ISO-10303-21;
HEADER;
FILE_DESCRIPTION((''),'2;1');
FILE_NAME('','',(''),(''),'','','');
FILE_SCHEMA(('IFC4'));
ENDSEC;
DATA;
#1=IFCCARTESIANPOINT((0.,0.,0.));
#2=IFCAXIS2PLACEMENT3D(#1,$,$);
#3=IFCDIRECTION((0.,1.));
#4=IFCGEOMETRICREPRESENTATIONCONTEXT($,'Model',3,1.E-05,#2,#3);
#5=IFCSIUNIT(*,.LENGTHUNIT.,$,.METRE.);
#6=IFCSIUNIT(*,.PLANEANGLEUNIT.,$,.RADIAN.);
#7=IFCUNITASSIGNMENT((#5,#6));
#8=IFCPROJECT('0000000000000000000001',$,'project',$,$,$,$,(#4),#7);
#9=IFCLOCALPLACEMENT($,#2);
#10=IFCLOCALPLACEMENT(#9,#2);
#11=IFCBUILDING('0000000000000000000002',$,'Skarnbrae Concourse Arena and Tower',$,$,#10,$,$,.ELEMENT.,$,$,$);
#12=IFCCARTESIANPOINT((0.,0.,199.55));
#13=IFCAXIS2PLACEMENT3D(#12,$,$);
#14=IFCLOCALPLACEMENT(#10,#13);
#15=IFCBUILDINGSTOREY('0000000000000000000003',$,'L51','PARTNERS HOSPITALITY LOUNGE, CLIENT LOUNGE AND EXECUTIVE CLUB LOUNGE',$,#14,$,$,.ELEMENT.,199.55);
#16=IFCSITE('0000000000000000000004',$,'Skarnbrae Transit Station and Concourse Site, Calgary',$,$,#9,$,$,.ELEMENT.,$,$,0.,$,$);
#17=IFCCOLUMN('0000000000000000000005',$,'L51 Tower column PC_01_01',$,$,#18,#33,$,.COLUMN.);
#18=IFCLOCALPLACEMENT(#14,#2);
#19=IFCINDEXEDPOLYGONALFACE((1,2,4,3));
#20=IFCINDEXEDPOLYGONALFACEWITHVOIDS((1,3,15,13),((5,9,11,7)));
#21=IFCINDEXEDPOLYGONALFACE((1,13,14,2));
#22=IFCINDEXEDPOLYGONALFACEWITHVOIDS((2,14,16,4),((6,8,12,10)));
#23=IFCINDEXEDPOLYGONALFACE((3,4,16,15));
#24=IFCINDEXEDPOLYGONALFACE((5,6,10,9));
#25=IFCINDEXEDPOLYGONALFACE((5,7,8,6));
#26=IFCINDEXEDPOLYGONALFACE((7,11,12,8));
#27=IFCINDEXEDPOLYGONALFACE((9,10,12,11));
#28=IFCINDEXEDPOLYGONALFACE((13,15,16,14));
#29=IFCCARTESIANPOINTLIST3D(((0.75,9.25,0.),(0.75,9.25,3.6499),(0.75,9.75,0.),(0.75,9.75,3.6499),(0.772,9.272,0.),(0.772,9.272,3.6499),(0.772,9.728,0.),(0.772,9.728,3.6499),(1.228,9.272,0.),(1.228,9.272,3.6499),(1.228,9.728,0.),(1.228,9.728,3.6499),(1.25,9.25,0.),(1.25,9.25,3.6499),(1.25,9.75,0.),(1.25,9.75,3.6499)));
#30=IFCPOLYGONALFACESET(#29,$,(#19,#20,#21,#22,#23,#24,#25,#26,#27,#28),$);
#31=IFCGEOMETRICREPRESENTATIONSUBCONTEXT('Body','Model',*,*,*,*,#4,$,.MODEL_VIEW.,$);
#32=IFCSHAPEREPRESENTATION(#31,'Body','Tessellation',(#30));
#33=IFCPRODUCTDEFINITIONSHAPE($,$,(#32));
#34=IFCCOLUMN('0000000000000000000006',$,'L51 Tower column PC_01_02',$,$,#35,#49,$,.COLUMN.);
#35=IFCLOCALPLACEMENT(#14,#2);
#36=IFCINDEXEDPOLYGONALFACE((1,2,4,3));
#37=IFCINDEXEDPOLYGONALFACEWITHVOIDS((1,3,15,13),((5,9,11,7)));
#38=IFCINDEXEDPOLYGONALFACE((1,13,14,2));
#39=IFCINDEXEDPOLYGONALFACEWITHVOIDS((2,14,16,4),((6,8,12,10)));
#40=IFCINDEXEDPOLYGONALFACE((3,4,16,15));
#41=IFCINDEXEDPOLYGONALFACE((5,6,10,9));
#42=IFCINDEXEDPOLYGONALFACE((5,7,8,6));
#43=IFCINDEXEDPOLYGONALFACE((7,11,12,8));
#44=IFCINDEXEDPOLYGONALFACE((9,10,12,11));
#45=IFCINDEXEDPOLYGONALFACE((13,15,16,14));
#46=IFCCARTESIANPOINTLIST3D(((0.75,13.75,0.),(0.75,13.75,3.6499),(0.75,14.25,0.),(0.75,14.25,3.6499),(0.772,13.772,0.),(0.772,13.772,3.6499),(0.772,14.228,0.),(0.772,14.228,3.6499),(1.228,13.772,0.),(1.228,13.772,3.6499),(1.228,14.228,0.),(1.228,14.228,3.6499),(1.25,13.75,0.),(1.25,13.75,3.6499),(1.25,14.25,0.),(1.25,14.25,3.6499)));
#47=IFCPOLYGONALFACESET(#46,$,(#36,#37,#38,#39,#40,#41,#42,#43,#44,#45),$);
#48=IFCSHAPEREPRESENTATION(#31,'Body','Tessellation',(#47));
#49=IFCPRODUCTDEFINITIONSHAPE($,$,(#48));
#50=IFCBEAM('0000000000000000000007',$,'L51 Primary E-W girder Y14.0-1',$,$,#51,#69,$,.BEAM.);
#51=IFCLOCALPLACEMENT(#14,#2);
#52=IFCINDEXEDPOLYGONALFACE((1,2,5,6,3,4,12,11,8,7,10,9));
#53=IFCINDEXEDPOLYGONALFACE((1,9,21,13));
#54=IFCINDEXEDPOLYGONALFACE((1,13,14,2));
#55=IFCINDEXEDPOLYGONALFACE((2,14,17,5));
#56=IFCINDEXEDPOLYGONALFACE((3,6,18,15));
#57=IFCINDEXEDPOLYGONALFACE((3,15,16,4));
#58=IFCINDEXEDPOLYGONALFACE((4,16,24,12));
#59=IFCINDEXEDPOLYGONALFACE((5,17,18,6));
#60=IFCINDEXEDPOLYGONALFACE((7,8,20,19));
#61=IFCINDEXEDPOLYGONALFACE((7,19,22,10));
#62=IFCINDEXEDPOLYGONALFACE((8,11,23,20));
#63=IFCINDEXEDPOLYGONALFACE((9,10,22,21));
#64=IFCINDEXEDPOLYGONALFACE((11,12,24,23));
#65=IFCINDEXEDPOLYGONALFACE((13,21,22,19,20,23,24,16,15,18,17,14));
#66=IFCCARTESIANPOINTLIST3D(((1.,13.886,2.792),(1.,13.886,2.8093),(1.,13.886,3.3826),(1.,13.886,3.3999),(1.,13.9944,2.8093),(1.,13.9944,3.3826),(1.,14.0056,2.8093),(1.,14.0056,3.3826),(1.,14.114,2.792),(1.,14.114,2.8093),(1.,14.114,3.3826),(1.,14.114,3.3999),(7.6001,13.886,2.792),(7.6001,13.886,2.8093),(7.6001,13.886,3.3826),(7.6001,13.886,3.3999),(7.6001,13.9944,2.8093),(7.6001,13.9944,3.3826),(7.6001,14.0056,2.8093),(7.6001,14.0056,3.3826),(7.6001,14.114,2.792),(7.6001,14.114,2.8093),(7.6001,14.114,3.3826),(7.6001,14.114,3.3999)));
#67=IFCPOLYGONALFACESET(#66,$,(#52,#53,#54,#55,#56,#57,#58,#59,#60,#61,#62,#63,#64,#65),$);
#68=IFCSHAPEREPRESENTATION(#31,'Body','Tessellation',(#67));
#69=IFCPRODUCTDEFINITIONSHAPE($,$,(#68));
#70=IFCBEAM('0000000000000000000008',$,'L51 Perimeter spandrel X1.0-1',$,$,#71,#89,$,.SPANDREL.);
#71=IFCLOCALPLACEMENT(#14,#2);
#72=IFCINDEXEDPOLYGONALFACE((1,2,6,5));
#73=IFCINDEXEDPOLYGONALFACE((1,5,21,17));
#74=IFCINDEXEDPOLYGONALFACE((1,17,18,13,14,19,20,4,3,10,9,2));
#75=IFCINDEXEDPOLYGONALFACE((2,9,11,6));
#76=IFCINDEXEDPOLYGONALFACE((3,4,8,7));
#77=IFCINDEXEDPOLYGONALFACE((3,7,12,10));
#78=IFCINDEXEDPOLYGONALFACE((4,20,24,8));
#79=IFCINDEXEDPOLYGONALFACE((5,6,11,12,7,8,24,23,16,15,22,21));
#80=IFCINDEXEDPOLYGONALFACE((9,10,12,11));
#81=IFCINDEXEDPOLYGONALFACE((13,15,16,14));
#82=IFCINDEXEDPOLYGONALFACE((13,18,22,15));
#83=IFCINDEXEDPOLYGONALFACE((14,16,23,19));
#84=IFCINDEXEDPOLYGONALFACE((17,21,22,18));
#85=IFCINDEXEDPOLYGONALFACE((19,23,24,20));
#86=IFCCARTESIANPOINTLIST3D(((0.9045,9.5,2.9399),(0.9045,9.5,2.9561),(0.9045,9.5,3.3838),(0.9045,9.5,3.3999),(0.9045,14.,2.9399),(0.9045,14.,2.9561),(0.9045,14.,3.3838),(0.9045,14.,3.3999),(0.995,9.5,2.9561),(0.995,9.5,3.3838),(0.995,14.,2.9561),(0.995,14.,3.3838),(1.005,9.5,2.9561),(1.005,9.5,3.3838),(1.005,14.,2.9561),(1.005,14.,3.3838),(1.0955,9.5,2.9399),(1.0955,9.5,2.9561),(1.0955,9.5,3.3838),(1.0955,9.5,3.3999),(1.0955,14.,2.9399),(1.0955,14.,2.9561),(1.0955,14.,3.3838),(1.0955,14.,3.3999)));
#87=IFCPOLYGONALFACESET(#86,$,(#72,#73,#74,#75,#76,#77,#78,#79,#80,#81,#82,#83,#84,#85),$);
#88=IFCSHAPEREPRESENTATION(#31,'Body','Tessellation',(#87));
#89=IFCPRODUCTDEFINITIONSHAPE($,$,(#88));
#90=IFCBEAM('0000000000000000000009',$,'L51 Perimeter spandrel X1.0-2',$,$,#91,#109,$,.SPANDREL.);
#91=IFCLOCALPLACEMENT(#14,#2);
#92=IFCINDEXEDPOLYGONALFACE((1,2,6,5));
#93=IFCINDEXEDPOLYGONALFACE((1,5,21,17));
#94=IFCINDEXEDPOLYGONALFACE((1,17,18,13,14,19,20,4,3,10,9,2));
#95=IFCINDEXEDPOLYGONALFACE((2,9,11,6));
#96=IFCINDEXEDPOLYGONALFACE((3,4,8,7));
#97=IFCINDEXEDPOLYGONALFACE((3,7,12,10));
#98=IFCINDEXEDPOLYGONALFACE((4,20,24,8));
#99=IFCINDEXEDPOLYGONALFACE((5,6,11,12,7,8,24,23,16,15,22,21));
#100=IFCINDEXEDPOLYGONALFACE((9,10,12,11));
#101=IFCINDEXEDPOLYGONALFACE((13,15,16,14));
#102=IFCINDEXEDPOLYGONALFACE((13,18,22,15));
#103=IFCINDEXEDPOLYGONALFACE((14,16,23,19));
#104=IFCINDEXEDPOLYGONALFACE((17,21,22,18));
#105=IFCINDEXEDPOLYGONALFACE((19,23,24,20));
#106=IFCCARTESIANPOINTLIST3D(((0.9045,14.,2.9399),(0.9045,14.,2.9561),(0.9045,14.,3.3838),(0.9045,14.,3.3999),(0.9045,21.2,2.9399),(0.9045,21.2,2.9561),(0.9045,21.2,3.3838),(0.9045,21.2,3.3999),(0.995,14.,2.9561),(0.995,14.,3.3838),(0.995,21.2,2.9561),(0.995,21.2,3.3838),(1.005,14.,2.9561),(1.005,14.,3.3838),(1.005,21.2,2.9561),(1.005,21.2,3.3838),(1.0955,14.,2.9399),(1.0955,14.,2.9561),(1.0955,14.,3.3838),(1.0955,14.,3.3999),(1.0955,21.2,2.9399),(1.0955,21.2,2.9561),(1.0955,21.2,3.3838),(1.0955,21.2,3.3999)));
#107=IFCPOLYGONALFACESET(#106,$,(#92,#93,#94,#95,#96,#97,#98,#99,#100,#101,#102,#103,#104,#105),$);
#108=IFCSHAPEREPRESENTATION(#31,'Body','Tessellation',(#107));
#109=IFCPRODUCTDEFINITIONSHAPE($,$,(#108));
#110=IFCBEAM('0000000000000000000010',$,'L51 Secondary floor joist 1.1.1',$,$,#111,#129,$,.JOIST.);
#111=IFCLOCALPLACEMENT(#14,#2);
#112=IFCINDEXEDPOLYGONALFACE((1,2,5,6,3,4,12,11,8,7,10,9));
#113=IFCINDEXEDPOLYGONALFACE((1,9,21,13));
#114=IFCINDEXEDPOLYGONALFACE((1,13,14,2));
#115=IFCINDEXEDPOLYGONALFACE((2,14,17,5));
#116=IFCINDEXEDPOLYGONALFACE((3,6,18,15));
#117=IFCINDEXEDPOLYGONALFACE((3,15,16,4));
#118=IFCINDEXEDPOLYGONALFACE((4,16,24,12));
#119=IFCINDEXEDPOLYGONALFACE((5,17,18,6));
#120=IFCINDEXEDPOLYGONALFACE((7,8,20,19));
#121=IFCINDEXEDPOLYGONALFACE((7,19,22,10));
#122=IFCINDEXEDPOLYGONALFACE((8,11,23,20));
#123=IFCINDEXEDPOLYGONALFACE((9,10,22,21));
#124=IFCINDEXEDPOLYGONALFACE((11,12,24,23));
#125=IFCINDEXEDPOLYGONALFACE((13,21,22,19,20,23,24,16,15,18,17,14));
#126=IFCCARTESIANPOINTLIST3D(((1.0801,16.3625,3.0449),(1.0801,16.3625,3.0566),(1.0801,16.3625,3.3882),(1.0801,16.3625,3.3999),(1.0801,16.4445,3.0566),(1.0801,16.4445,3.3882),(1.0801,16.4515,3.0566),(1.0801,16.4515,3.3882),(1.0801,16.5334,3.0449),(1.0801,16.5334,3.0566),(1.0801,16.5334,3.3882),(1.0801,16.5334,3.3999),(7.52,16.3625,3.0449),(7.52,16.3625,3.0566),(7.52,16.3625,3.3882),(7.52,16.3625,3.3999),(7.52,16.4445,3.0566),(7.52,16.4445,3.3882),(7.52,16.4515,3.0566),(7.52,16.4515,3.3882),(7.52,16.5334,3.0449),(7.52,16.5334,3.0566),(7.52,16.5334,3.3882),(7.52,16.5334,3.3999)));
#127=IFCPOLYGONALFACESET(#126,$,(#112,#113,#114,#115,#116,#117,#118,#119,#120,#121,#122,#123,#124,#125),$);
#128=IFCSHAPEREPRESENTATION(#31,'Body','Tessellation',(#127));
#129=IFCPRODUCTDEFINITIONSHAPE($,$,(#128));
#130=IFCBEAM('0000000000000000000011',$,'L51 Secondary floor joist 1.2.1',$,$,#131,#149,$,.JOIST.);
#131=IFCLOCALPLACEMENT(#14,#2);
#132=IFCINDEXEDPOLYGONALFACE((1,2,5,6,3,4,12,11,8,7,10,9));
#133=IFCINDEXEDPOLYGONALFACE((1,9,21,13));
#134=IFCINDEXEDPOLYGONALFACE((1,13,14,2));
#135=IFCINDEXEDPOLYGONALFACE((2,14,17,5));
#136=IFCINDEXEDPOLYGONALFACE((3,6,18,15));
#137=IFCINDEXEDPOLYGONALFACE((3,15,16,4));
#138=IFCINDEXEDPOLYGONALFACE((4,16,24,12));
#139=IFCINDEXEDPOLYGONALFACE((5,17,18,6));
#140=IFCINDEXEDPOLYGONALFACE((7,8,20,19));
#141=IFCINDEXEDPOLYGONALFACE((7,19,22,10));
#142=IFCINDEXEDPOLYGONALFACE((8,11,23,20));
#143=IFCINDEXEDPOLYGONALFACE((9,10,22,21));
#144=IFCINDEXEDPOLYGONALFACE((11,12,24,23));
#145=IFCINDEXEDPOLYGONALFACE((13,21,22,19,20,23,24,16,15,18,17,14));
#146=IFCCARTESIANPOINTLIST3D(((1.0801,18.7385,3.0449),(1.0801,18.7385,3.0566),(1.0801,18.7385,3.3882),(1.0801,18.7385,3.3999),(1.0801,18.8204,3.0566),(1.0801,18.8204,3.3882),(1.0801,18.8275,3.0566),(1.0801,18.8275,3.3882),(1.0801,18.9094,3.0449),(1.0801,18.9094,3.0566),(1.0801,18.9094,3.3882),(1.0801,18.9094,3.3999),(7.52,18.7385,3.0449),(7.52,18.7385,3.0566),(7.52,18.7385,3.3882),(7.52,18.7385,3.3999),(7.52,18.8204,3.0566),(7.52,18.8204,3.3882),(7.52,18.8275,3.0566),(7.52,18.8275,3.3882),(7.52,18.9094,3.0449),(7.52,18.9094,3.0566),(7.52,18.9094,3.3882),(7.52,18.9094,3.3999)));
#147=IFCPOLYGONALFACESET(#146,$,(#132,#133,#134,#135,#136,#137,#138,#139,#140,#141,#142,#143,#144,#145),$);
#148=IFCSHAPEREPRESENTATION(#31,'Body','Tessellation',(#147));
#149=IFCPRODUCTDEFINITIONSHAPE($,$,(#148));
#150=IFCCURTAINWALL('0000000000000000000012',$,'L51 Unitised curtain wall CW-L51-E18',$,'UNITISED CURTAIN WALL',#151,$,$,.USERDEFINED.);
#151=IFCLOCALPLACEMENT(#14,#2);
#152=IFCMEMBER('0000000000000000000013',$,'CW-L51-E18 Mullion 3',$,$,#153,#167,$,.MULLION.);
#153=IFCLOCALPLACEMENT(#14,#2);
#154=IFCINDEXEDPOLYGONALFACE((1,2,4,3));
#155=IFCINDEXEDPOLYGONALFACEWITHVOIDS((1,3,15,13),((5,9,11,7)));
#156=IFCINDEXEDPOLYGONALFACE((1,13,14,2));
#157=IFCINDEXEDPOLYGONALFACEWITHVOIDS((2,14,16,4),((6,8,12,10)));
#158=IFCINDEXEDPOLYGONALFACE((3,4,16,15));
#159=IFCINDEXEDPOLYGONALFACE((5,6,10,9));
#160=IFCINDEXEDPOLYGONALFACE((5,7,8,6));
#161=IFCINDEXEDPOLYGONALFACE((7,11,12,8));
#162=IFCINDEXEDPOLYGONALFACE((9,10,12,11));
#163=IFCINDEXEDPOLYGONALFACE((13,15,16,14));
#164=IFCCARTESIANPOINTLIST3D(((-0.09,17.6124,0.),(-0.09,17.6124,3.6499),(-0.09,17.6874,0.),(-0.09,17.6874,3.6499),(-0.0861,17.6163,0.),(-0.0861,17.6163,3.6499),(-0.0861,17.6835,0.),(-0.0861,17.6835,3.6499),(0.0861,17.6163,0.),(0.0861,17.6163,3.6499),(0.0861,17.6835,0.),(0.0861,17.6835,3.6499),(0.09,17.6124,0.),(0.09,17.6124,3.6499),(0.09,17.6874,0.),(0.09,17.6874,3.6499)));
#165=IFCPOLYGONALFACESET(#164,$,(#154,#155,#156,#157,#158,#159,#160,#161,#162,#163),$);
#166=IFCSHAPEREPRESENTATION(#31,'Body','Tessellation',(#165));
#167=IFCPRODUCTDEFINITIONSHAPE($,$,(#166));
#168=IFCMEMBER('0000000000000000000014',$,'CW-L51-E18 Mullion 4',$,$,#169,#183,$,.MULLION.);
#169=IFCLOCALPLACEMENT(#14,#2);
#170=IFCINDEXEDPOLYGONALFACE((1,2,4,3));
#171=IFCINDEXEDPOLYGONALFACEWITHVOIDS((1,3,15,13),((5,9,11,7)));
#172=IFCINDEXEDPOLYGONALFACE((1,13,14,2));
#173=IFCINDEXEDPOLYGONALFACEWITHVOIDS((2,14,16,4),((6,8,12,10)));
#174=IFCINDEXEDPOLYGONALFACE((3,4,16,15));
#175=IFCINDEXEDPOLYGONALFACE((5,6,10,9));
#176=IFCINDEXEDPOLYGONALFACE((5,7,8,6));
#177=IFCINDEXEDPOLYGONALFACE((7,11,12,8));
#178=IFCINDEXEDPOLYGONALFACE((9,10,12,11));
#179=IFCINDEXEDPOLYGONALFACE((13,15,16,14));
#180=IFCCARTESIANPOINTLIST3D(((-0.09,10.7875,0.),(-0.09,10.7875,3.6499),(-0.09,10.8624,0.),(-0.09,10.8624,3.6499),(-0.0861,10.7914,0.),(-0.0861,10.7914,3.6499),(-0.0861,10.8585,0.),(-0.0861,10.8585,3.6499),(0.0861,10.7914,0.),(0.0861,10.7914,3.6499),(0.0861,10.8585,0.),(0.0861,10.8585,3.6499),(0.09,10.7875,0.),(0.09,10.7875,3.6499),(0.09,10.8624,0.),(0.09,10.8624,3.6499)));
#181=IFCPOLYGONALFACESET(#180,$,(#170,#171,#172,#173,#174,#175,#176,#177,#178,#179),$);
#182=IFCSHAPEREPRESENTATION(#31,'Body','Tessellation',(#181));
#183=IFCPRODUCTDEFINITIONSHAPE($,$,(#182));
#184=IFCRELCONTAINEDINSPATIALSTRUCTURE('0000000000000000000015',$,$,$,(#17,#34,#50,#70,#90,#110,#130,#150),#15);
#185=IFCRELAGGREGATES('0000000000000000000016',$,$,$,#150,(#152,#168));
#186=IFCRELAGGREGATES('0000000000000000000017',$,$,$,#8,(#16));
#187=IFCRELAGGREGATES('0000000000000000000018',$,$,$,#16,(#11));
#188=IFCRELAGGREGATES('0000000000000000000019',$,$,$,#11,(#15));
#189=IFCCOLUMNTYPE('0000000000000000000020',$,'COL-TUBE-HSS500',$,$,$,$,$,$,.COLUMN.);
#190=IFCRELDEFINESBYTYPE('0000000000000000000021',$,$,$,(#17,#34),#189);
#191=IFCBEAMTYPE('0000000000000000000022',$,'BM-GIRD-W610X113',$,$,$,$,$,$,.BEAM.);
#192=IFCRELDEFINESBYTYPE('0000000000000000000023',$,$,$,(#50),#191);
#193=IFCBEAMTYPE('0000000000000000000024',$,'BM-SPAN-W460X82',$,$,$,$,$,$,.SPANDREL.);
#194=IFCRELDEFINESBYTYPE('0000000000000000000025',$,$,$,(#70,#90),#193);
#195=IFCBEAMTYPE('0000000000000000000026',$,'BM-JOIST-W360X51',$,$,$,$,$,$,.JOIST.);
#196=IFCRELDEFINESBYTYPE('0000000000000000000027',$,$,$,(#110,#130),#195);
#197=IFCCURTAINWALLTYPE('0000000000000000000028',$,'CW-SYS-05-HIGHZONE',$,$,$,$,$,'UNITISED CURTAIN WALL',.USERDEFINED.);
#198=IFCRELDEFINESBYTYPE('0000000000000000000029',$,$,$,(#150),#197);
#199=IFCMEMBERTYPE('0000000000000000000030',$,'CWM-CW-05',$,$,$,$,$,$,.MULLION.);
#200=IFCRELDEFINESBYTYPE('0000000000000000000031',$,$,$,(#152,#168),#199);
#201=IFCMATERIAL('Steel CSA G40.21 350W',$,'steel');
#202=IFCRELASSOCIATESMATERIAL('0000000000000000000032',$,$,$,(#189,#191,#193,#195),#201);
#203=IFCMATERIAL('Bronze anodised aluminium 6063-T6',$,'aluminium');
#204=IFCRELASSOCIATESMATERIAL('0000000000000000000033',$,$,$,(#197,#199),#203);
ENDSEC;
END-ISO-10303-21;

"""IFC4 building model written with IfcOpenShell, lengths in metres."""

from ifc_helpers import new_model, si_unit, direction, frame, origin, origin_2d, place, context, subcontext, project, spatial, hollow_rectangle, i_section, extrude, source, transform, mapped, material, material_profile, profile_set, type_object, element, aggregate, save


model = new_model("IFC4")

# Units and contexts
model_context = context("Model", 3, precision=1e-05, world=origin(), true_north=direction((0.0, 1.0)))
body_context = subcontext(model_context, "Body", "Model", "MODEL_VIEW")
ifc_project = project(units=[si_unit("LENGTHUNIT", "METRE"), si_unit("PLANEANGLEUNIT", "RADIAN")], contexts=[model_context])

# Site, building, storey
site_placement = place(None, origin())
site = spatial("IfcSite", under=ifc_project, at=site_placement, Name="Skarnbrae Transit Station and Concourse Site, Calgary", CompositionType="ELEMENT", RefElevation=0.0)
building_placement = place(site_placement, origin())
building = spatial("IfcBuilding", under=site, at=building_placement, Name="Skarnbrae Concourse Arena and Tower", CompositionType="ELEMENT")
storey_placement = place(building_placement, frame((0.0, 0.0, 199.55)))
storey = spatial("IfcBuildingStorey", under=building, at=storey_placement, Name="L51", Description="PARTNERS HOSPITALITY LOUNGE, CLIENT LOUNGE AND EXECUTIVE CLUB LOUNGE", CompositionType="ELEMENT", Elevation=199.55)

# Columns
ifc_material_1 = material(Name="Steel CSA G40.21 350W", Category="steel")
ifc_material_profile_1 = material_profile(ifc_material_1, hollow_rectangle(XDim=0.5, YDim=0.5, WallThickness=0.022, at=origin_2d()), Name="HSS500X500X22.0")
ifc_profile_set_1 = profile_set([ifc_material_profile_1], Name="Steel CSA G40.21 350W")
column_type = type_object("IfcColumnType", Name="COL-TUBE-HSS500", PredefinedType="COLUMN", material=ifc_profile_set_1)
shared_shape_1 = source(origin(), body_context, "Body", "SweptSolid", [
    extrude(hollow_rectangle(XDim=0.5, YDim=0.5, WallThickness=0.022, at=origin_2d()), origin(), (0.0, 0.0, 1.0), 3.6499),
])
for number, where, z_axis, x_axis, name in (
    (1, (1.0, 9.5, 0.0), (0.0, 0.0, 1.0), (1.0, 0.0, 0.0), "L51 Tower column PC_01_01"),
    (2, (1.0, 14.0, 0.0), (0.0, 0.0, 1.0), (1.0, 0.0, 0.0), "L51 Tower column PC_01_02"),
):
    element("IfcColumn", number, at=place(storey_placement, frame(where, z_axis=z_axis, x_axis=x_axis)), inside=storey, type_object=column_type, Name=name, PredefinedType="COLUMN", context=body_context, shape_type="MappedRepresentation", body=[
        mapped(shared_shape_1, transform((0.0, 0.0, 0.0))),
    ])

# Beams
ifc_material_profile_2 = material_profile(ifc_material_1, i_section(OverallWidth=0.228, OverallDepth=0.6079, WebThickness=0.0112, FlangeThickness=0.0173, at=origin_2d()), Name="W610X113")
ifc_profile_set_2 = profile_set([ifc_material_profile_2], Name="Steel CSA G40.21 350W")
beam_type_1 = type_object("IfcBeamType", Name="BM-GIRD-W610X113", PredefinedType="BEAM", material=ifc_profile_set_2)
shared_shape_2 = source(origin(), body_context, "Body", "SweptSolid", [
    extrude(i_section(OverallWidth=0.228, OverallDepth=0.6079, WebThickness=0.0112, FlangeThickness=0.0173, at=origin_2d()), origin(), (0.0, 0.0, 1.0), 6.6001),
])
beam_1_placement = place(storey_placement, frame((1.0, 14.0, 3.0959), z_axis=(1.0, 0.0, 0.0), x_axis=(0.0, 1.0, 0.0)))
element("IfcBeam", 3, at=beam_1_placement, inside=storey, type_object=beam_type_1, Name="L51 Primary E-W girder Y14.0-1", PredefinedType="BEAM", context=body_context, shape_type="MappedRepresentation", body=[
    mapped(shared_shape_2, transform((0.0, 0.0, 0.0))),
])
ifc_material_profile_3 = material_profile(ifc_material_1, i_section(OverallWidth=0.1909, OverallDepth=0.46, WebThickness=0.01, FlangeThickness=0.0161, at=origin_2d()), Name="W460X82")
ifc_profile_set_3 = profile_set([ifc_material_profile_3], Name="Steel CSA G40.21 350W")
beam_type_2 = type_object("IfcBeamType", Name="BM-SPAN-W460X82", PredefinedType="SPANDREL", material=ifc_profile_set_3)
shared_shape_3 = source(origin(), body_context, "Body", "SweptSolid", [
    extrude(i_section(OverallWidth=0.1909, OverallDepth=0.46, WebThickness=0.01, FlangeThickness=0.0161, at=origin_2d()), origin(), (0.0, 0.0, 1.0), 4.5),
])
beam_2_placement = place(storey_placement, frame((1.0, 9.5, 3.1699), z_axis=(0.0, 1.0, 0.0), x_axis=(-1.0, 0.0, 0.0)))
element("IfcBeam", 4, at=beam_2_placement, inside=storey, type_object=beam_type_2, Name="L51 Perimeter spandrel X1.0-1", PredefinedType="SPANDREL", context=body_context, shape_type="MappedRepresentation", body=[
    mapped(shared_shape_3, transform((0.0, 0.0, 0.0))),
])
shared_shape_4 = source(origin(), body_context, "Body", "SweptSolid", [
    extrude(i_section(OverallWidth=0.1909, OverallDepth=0.46, WebThickness=0.01, FlangeThickness=0.0161, at=origin_2d()), origin(), (0.0, 0.0, 1.0), 7.2),
])
beam_3_placement = place(storey_placement, frame((1.0, 14.0, 3.1699), z_axis=(0.0, 1.0, 0.0), x_axis=(-1.0, 0.0, 0.0)))
element("IfcBeam", 5, at=beam_3_placement, inside=storey, type_object=beam_type_2, Name="L51 Perimeter spandrel X1.0-2", PredefinedType="SPANDREL", context=body_context, shape_type="MappedRepresentation", body=[
    mapped(shared_shape_4, transform((0.0, 0.0, 0.0))),
])
ifc_material_profile_4 = material_profile(ifc_material_1, i_section(OverallWidth=0.1709, OverallDepth=0.355, WebThickness=0.0071, FlangeThickness=0.0117, at=origin_2d()), Name="W360X51")
ifc_profile_set_4 = profile_set([ifc_material_profile_4], Name="Steel CSA G40.21 350W")
beam_type_3 = type_object("IfcBeamType", Name="BM-JOIST-W360X51", PredefinedType="JOIST", material=ifc_profile_set_4)
shared_shape_5 = source(origin(), body_context, "Body", "SweptSolid", [
    extrude(i_section(OverallWidth=0.1709, OverallDepth=0.355, WebThickness=0.0071, FlangeThickness=0.0117, at=origin_2d()), origin(), (0.0, 0.0, 1.0), 6.4399),
])
for number, where, z_axis, x_axis, name in (
    (6, (1.0801, 16.448, 3.2224), (1.0, 0.0, 0.0), (0.0, 1.0, 0.0), "L51 Secondary floor joist 1.1.1"),
    (7, (1.0801, 18.824, 3.2224), (1.0, 0.0, 0.0), (0.0, 1.0, 0.0), "L51 Secondary floor joist 1.2.1"),
):
    element("IfcBeam", number, at=place(storey_placement, frame(where, z_axis=z_axis, x_axis=x_axis)), inside=storey, type_object=beam_type_3, Name=name, PredefinedType="JOIST", context=body_context, shape_type="MappedRepresentation", body=[
        mapped(shared_shape_5, transform((0.0, 0.0, 0.0))),
    ])

# Curtain wall, members
ifc_material_2 = material(Name="Bronze anodised aluminium 6063-T6", Category="aluminium")
curtain_wall_type = type_object("IfcCurtainWallType", Name="CW-SYS-05-HIGHZONE", ElementType="UNITISED CURTAIN WALL", PredefinedType="USERDEFINED", material=ifc_material_2)
curtain_wall_placement = place(storey_placement, origin())
curtain_wall = element("IfcCurtainWall", 8, at=curtain_wall_placement, inside=storey, type_object=curtain_wall_type, Name="L51 Unitised curtain wall CW-L51-E18", ObjectType="UNITISED CURTAIN WALL", PredefinedType="USERDEFINED")
ifc_material_profile_5 = material_profile(ifc_material_2, hollow_rectangle(XDim=0.075, YDim=0.1799, WallThickness=0.0039, at=origin_2d()), Name="ALU-MULL-75X180")
ifc_profile_set_5 = profile_set([ifc_material_profile_5], Name="Bronze anodised aluminium 6063-T6")
member_type_1 = type_object("IfcMemberType", Name="CWM-CW-05", PredefinedType="MULLION", material=ifc_profile_set_5)
shared_shape_6 = source(origin(), body_context, "Body", "SweptSolid", [
    extrude(hollow_rectangle(XDim=0.075, YDim=0.1799, WallThickness=0.0039, at=origin_2d()), origin(), (0.0, 0.0, 1.0), 3.6499),
])
member_1_placement = place(storey_placement, frame((0.0, 17.6499, 0.0), z_axis=(0.0, 0.0, 1.0), x_axis=(0.0, -1.0, 0.0)))
member_1 = element("IfcMember", 9, at=member_1_placement, type_object=member_type_1, Name="CW-L51-E18 Mullion 3", PredefinedType="MULLION", context=body_context, shape_type="MappedRepresentation", body=[
    mapped(shared_shape_6, transform((0.0, 0.0, 0.0))),
])
member_2_placement = place(storey_placement, frame((0.0, 10.825, 0.0), z_axis=(0.0, 0.0, 1.0), x_axis=(0.0, -1.0, 0.0)))
member_2 = element("IfcMember", 10, at=member_2_placement, type_object=member_type_1, Name="CW-L51-E18 Mullion 4", PredefinedType="MULLION", context=body_context, shape_type="MappedRepresentation", body=[
    mapped(shared_shape_6, transform((0.0, 0.0, 0.0))),
])
aggregate(curtain_wall, [member_1, member_2])

save(model, "model.ifc")
